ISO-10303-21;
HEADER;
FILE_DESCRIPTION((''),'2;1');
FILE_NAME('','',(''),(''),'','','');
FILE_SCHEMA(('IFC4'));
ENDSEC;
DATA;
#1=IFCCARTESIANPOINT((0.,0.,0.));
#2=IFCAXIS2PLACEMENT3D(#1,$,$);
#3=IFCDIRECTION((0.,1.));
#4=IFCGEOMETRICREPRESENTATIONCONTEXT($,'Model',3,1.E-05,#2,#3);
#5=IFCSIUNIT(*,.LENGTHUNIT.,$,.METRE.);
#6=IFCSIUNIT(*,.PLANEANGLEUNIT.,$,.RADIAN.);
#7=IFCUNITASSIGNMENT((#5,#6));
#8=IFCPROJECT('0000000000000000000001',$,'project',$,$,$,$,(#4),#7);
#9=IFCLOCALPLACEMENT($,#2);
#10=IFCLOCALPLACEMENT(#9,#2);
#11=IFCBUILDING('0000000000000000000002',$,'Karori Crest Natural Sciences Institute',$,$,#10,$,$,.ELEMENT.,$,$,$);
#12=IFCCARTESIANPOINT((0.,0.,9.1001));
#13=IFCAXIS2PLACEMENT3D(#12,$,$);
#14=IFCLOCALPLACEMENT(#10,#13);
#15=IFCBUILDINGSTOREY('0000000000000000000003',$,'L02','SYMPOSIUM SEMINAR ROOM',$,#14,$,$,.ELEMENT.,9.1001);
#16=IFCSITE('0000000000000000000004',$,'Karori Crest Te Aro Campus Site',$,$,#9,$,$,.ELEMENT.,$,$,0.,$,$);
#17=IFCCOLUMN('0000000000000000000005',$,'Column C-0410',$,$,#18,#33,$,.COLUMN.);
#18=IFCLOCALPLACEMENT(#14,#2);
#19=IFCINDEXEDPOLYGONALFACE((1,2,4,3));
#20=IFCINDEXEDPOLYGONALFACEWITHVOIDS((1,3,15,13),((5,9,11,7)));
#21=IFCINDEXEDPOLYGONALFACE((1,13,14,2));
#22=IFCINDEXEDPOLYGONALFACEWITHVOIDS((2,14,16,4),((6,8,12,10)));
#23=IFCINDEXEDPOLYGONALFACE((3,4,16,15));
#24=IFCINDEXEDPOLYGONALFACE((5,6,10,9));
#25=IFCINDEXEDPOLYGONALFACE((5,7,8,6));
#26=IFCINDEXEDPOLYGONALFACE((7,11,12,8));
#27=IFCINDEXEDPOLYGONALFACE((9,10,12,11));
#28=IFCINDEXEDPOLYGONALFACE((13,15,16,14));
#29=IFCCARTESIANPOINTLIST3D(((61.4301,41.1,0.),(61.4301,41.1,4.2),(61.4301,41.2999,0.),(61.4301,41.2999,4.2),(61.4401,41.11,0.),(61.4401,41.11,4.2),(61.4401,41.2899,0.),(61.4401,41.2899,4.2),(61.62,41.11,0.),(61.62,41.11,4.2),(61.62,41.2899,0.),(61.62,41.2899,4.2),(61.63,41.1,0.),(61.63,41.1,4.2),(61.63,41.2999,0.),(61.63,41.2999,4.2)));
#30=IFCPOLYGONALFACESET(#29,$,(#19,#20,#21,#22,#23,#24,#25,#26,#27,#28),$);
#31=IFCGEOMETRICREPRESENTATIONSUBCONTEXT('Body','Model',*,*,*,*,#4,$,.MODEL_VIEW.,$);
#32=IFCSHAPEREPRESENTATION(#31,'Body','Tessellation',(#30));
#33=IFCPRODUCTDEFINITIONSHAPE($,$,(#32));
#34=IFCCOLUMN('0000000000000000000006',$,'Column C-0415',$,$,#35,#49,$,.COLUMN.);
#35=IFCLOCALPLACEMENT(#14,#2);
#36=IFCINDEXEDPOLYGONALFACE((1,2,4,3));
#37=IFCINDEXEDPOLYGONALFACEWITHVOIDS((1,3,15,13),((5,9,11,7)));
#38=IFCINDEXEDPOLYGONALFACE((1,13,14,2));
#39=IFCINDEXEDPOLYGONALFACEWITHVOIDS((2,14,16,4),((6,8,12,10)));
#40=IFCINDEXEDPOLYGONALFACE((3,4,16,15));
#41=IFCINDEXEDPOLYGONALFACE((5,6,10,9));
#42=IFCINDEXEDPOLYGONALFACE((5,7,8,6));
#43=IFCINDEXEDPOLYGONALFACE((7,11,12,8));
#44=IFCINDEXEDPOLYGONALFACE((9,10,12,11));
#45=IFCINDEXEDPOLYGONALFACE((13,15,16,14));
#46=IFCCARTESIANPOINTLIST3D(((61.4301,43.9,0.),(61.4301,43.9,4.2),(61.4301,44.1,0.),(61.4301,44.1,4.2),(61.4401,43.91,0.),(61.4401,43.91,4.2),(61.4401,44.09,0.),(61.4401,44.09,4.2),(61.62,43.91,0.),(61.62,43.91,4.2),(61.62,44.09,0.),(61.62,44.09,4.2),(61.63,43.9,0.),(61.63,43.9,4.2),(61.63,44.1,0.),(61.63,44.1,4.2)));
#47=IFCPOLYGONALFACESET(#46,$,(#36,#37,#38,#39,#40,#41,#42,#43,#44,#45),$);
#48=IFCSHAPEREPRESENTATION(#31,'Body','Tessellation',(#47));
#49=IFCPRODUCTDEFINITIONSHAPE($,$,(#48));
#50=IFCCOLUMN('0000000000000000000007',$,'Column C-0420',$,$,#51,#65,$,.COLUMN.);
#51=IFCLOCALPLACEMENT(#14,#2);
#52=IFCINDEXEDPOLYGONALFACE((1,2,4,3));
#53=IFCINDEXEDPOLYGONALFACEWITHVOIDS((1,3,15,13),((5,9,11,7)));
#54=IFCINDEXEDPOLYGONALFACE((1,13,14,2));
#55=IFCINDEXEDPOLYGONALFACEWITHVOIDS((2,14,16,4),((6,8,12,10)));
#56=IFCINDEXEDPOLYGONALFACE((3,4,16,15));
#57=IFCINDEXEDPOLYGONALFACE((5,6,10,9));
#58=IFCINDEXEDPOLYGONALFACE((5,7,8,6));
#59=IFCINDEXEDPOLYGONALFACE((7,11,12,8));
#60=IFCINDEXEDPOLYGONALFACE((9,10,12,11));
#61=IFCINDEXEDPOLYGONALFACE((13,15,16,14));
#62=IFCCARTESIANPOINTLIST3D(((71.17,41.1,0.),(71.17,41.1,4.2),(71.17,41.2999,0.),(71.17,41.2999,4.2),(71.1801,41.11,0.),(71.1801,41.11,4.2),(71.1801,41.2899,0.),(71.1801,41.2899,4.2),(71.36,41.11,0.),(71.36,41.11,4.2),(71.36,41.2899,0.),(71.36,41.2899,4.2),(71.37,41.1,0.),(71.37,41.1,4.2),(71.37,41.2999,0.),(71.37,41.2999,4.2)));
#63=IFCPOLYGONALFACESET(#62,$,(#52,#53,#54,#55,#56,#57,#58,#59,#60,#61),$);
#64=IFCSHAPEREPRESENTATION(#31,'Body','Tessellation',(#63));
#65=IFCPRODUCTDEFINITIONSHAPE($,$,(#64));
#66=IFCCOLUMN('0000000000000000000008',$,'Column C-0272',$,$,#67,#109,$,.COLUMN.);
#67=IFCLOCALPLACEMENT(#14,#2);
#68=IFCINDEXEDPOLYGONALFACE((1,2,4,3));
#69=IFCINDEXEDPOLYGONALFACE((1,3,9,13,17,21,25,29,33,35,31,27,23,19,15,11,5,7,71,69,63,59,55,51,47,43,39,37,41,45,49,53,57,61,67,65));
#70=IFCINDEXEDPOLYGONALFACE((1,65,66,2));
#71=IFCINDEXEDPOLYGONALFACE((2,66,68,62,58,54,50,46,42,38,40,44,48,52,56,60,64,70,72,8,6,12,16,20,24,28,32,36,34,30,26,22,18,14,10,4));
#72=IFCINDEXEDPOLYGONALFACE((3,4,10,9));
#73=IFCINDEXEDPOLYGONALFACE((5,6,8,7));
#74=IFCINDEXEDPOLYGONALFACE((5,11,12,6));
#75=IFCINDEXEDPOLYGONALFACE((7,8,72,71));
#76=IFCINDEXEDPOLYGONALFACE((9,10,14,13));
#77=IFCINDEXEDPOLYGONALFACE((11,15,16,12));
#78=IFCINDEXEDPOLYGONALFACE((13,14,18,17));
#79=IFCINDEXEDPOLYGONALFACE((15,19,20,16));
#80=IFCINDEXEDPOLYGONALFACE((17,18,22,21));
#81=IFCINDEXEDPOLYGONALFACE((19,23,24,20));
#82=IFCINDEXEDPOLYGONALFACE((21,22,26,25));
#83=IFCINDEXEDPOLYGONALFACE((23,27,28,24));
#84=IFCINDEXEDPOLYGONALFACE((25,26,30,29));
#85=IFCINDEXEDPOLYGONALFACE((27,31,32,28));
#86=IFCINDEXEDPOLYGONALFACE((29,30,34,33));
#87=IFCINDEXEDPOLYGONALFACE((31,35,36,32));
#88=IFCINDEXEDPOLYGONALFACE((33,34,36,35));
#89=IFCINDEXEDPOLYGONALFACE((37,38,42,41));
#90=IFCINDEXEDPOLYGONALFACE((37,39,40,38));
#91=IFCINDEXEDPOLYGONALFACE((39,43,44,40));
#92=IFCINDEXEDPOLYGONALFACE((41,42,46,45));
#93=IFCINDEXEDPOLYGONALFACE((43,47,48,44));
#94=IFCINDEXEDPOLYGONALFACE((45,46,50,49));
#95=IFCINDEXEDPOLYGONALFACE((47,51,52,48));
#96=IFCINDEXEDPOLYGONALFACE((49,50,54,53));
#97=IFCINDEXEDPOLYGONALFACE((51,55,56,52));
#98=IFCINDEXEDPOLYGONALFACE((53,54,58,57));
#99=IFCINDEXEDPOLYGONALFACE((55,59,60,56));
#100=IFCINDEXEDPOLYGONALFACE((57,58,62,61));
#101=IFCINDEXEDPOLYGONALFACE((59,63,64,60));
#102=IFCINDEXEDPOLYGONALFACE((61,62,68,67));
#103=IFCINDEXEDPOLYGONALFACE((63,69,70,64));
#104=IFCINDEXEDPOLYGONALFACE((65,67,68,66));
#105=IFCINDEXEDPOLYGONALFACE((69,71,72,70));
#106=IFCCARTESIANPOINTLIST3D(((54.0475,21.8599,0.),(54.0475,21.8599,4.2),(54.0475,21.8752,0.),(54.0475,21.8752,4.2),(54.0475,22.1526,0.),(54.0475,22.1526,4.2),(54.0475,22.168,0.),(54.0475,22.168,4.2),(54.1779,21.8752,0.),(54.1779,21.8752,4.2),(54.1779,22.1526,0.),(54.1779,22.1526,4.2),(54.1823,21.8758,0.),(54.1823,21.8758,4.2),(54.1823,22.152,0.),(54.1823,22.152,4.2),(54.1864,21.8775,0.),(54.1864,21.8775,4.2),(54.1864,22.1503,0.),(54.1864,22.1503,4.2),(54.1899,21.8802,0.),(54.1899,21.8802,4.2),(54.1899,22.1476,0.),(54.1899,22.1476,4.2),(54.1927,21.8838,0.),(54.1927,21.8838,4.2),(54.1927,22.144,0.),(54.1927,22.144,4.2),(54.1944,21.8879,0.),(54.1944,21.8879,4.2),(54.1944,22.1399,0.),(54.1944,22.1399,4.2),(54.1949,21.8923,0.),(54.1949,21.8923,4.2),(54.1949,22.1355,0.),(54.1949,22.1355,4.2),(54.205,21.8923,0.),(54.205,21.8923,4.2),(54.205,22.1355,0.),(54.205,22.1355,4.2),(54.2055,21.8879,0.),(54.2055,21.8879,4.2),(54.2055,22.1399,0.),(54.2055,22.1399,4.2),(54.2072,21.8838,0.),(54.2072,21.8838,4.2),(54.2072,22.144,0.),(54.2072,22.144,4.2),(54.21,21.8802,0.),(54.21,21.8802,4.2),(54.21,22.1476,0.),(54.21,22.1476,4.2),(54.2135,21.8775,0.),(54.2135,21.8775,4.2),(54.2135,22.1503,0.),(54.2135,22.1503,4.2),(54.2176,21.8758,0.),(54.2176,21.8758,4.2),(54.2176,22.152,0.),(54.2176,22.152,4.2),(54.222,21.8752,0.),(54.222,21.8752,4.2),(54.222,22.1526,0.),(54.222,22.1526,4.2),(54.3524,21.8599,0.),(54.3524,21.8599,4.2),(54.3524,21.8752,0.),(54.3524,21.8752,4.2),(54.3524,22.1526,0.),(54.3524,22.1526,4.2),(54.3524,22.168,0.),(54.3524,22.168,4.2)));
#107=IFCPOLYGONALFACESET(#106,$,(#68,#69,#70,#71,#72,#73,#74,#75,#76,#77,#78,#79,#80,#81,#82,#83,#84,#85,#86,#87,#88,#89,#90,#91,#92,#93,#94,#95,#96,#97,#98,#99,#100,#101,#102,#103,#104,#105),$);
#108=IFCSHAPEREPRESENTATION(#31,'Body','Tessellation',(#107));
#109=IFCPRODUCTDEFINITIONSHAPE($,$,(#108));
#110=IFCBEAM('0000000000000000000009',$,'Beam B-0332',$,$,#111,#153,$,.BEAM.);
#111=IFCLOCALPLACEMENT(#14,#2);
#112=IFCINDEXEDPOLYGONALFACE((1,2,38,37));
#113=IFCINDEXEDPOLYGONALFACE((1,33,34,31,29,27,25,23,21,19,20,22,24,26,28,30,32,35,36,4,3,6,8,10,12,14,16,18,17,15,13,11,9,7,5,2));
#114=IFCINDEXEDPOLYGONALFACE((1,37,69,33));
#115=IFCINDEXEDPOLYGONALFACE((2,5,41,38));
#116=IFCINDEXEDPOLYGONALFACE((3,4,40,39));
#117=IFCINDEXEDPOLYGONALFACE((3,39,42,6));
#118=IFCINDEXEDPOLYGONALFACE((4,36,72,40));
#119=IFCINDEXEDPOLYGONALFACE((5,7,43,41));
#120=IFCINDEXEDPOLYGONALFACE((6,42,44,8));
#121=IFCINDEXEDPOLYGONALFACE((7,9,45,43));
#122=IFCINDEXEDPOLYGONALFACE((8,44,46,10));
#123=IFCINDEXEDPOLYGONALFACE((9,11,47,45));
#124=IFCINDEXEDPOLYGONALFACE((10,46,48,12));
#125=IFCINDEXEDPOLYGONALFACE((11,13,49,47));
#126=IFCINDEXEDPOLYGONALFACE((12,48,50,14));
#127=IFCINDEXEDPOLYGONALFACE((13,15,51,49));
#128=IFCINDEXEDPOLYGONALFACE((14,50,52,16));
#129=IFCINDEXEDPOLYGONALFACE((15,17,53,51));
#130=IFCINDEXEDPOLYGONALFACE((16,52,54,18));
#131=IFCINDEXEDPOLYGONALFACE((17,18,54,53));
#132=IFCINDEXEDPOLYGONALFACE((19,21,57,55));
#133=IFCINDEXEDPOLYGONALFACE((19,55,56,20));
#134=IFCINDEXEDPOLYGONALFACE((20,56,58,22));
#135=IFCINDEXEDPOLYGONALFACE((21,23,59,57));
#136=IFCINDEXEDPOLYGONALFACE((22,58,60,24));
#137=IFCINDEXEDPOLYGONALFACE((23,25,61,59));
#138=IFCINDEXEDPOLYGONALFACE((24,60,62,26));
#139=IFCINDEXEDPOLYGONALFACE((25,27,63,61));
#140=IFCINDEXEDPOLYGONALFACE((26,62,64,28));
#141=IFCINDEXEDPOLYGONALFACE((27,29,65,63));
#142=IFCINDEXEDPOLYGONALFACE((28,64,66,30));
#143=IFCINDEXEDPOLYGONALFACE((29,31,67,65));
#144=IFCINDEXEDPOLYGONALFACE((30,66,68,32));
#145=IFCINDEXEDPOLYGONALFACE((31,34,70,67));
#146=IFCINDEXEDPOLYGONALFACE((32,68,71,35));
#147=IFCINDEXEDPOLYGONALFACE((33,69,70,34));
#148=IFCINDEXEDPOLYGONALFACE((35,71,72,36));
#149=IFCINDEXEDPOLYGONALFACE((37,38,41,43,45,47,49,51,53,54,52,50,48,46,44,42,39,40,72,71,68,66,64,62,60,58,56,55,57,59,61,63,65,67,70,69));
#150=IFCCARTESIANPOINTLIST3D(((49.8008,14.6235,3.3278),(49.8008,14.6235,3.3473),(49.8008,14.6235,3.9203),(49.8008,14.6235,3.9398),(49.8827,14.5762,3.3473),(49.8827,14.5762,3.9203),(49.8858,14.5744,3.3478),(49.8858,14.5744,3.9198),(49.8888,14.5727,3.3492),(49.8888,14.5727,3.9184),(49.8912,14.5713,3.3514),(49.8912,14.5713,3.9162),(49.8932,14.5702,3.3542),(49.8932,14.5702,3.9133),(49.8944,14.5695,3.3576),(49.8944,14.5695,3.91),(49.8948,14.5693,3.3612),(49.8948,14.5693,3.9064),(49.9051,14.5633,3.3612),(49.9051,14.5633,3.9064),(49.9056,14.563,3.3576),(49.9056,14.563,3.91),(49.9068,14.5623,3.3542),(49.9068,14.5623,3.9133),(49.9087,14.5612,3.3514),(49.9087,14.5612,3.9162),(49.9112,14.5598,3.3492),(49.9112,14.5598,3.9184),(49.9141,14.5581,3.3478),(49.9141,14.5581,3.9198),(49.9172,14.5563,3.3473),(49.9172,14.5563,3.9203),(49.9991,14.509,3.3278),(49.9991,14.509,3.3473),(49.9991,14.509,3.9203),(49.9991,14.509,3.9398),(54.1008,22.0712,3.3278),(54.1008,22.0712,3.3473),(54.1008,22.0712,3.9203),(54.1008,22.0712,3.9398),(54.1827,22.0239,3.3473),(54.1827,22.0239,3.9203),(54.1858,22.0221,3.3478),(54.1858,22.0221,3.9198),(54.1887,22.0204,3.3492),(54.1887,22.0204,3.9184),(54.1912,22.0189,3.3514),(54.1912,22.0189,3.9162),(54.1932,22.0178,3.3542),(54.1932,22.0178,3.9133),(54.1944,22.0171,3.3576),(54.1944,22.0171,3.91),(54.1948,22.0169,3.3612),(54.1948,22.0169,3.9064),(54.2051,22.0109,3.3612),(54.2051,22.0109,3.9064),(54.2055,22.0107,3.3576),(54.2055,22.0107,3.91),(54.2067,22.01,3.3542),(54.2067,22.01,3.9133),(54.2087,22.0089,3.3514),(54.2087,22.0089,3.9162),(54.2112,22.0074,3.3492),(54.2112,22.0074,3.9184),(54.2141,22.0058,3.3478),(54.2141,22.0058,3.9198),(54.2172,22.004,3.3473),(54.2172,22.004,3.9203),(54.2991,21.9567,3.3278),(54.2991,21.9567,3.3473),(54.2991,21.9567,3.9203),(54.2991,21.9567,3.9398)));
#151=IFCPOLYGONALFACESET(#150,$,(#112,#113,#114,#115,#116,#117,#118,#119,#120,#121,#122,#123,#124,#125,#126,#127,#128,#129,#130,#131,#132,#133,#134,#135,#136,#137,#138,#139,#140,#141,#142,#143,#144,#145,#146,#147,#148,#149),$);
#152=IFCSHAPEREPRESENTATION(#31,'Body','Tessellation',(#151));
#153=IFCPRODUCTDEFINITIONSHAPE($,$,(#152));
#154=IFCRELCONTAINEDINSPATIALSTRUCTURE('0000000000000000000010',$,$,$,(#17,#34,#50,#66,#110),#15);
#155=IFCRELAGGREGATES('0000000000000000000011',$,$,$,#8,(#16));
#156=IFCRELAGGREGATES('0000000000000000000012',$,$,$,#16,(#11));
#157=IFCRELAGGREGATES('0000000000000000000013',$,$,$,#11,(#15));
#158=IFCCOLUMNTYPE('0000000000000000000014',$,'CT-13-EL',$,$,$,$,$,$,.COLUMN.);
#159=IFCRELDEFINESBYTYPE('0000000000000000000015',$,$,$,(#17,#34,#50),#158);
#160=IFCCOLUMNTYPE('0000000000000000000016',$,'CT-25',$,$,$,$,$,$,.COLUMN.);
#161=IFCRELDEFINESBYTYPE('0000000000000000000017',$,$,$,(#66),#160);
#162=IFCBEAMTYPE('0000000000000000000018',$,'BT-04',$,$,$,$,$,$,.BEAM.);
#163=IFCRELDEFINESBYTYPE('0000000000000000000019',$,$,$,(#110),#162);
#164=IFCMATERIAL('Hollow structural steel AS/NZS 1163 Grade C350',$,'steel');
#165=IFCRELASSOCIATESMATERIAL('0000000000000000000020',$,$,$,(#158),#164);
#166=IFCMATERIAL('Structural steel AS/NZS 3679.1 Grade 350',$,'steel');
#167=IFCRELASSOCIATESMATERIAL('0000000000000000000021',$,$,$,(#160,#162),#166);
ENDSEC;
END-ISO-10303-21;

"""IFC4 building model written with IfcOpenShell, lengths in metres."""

from ifc_helpers import new_model, si_unit, direction, frame, origin, origin_2d, place, context, subcontext, project, spatial, hollow_rectangle, i_section, extrude, material, material_profile, profile_set, type_object, element, save


model = new_model("IFC4")

# Units and contexts
model_context = context("Model", 3, precision=1e-05, world=origin(), true_north=direction((0.0, 1.0)))
body_context = subcontext(model_context, "Body", "Model", "MODEL_VIEW")
ifc_project = project(units=[si_unit("LENGTHUNIT", "METRE"), si_unit("PLANEANGLEUNIT", "RADIAN")], contexts=[model_context])

# Site, building, storey
site_placement = place(None, origin())
site = spatial("IfcSite", under=ifc_project, at=site_placement, Name="Karori Crest Te Aro Campus Site", CompositionType="ELEMENT", RefElevation=0.0)
building_placement = place(site_placement, origin())
building = spatial("IfcBuilding", under=site, at=building_placement, Name="Karori Crest Natural Sciences Institute", CompositionType="ELEMENT")
storey_placement = place(building_placement, frame((0.0, 0.0, 9.1001)))
storey = spatial("IfcBuildingStorey", under=building, at=storey_placement, Name="L02", Description="SYMPOSIUM SEMINAR ROOM", CompositionType="ELEMENT", Elevation=9.1001)

# Columns
ifc_material_1 = material(Name="Hollow structural steel AS/NZS 1163 Grade C350", Category="steel")
ifc_material_profile_1 = material_profile(ifc_material_1, hollow_rectangle(XDim=0.2, YDim=0.2, WallThickness=0.01, at=origin_2d()), Name="SHS200x200x10")
ifc_profile_set_1 = profile_set([ifc_material_profile_1], Name="Hollow structural steel AS/NZS 1163 Grade C350")
column_type_1 = type_object("IfcColumnType", Name="CT-13-EL", PredefinedType="COLUMN", material=ifc_profile_set_1)
for number, where, z_axis, x_axis, name in (
    (1, (61.53, 41.2, 0.0), (0.0, 0.0, 1.0), (1.0, 0.0, 0.0), "Column C-0410"),
    (2, (61.53, 44.0, 0.0), (0.0, 0.0, 1.0), (1.0, 0.0, 0.0), "Column C-0415"),
    (3, (71.27, 41.2, 0.0), (0.0, 0.0, 1.0), (1.0, 0.0, 0.0), "Column C-0420"),
):
    element("IfcColumn", number, at=place(storey_placement, frame(where, z_axis=z_axis, x_axis=x_axis)), inside=storey, type_object=column_type_1, Name=name, PredefinedType="COLUMN", context=body_context, shape_type="SweptSolid", body=[
        extrude(hollow_rectangle(XDim=0.2, YDim=0.2, WallThickness=0.01, at=origin_2d()), origin(), (0.0, 0.0, 1.0), 4.2),
    ])
ifc_material_2 = material(Name="Structural steel AS/NZS 3679.1 Grade 350", Category="steel")
ifc_material_profile_2 = material_profile(ifc_material_2, i_section(OverallWidth=0.3049, OverallDepth=0.3081, WebThickness=0.01, FlangeThickness=0.0154, FilletRadius=0.0171, at=origin_2d()), Name="310UC96.8")
ifc_profile_set_2 = profile_set([ifc_material_profile_2], Name="Structural steel AS/NZS 3679.1 Grade 350")
column_type_2 = type_object("IfcColumnType", Name="CT-25", PredefinedType="COLUMN", material=ifc_profile_set_2)
column_placement = place(storey_placement, frame((54.2, 22.0139, 0.0), z_axis=(0.0, 0.0, 1.0), x_axis=(1.0, 0.0, 0.0)))
element("IfcColumn", 4, at=column_placement, inside=storey, type_object=column_type_2, Name="Column C-0272", PredefinedType="COLUMN", context=body_context, shape_type="SweptSolid", body=[
    extrude(i_section(OverallWidth=0.3049, OverallDepth=0.3081, WebThickness=0.01, FlangeThickness=0.0154, FilletRadius=0.0171, at=origin_2d()), origin(), (0.0, 0.0, 1.0), 4.2),
])

# Beam
ifc_material_profile_3 = material_profile(ifc_material_2, i_section(OverallWidth=0.229, OverallDepth=0.6121, WebThickness=0.012, FlangeThickness=0.0195, FilletRadius=0.0139, at=origin_2d()), Name="610UB125")
ifc_profile_set_3 = profile_set([ifc_material_profile_3], Name="Structural steel AS/NZS 3679.1 Grade 350")
beam_type_1 = type_object("IfcBeamType", Name="BT-04", PredefinedType="BEAM", material=ifc_profile_set_3)
beam_1_placement = place(storey_placement, frame((54.2, 22.0139, 3.6338), z_axis=(-0.500008, -0.866021, 0.0), x_axis=(0.866021, -0.500008, 0.0)))
element("IfcBeam", 5, at=beam_1_placement, inside=storey, type_object=beam_type_1, Name="Beam B-0332", PredefinedType="BEAM", context=body_context, shape_type="SweptSolid", body=[
    extrude(i_section(OverallWidth=0.229, OverallDepth=0.6121, WebThickness=0.012, FlangeThickness=0.0195, FilletRadius=0.0139, at=origin_2d()), origin(), (0.0, 0.0, 1.0), 8.5999),
])

save(model, "model.ifc")
